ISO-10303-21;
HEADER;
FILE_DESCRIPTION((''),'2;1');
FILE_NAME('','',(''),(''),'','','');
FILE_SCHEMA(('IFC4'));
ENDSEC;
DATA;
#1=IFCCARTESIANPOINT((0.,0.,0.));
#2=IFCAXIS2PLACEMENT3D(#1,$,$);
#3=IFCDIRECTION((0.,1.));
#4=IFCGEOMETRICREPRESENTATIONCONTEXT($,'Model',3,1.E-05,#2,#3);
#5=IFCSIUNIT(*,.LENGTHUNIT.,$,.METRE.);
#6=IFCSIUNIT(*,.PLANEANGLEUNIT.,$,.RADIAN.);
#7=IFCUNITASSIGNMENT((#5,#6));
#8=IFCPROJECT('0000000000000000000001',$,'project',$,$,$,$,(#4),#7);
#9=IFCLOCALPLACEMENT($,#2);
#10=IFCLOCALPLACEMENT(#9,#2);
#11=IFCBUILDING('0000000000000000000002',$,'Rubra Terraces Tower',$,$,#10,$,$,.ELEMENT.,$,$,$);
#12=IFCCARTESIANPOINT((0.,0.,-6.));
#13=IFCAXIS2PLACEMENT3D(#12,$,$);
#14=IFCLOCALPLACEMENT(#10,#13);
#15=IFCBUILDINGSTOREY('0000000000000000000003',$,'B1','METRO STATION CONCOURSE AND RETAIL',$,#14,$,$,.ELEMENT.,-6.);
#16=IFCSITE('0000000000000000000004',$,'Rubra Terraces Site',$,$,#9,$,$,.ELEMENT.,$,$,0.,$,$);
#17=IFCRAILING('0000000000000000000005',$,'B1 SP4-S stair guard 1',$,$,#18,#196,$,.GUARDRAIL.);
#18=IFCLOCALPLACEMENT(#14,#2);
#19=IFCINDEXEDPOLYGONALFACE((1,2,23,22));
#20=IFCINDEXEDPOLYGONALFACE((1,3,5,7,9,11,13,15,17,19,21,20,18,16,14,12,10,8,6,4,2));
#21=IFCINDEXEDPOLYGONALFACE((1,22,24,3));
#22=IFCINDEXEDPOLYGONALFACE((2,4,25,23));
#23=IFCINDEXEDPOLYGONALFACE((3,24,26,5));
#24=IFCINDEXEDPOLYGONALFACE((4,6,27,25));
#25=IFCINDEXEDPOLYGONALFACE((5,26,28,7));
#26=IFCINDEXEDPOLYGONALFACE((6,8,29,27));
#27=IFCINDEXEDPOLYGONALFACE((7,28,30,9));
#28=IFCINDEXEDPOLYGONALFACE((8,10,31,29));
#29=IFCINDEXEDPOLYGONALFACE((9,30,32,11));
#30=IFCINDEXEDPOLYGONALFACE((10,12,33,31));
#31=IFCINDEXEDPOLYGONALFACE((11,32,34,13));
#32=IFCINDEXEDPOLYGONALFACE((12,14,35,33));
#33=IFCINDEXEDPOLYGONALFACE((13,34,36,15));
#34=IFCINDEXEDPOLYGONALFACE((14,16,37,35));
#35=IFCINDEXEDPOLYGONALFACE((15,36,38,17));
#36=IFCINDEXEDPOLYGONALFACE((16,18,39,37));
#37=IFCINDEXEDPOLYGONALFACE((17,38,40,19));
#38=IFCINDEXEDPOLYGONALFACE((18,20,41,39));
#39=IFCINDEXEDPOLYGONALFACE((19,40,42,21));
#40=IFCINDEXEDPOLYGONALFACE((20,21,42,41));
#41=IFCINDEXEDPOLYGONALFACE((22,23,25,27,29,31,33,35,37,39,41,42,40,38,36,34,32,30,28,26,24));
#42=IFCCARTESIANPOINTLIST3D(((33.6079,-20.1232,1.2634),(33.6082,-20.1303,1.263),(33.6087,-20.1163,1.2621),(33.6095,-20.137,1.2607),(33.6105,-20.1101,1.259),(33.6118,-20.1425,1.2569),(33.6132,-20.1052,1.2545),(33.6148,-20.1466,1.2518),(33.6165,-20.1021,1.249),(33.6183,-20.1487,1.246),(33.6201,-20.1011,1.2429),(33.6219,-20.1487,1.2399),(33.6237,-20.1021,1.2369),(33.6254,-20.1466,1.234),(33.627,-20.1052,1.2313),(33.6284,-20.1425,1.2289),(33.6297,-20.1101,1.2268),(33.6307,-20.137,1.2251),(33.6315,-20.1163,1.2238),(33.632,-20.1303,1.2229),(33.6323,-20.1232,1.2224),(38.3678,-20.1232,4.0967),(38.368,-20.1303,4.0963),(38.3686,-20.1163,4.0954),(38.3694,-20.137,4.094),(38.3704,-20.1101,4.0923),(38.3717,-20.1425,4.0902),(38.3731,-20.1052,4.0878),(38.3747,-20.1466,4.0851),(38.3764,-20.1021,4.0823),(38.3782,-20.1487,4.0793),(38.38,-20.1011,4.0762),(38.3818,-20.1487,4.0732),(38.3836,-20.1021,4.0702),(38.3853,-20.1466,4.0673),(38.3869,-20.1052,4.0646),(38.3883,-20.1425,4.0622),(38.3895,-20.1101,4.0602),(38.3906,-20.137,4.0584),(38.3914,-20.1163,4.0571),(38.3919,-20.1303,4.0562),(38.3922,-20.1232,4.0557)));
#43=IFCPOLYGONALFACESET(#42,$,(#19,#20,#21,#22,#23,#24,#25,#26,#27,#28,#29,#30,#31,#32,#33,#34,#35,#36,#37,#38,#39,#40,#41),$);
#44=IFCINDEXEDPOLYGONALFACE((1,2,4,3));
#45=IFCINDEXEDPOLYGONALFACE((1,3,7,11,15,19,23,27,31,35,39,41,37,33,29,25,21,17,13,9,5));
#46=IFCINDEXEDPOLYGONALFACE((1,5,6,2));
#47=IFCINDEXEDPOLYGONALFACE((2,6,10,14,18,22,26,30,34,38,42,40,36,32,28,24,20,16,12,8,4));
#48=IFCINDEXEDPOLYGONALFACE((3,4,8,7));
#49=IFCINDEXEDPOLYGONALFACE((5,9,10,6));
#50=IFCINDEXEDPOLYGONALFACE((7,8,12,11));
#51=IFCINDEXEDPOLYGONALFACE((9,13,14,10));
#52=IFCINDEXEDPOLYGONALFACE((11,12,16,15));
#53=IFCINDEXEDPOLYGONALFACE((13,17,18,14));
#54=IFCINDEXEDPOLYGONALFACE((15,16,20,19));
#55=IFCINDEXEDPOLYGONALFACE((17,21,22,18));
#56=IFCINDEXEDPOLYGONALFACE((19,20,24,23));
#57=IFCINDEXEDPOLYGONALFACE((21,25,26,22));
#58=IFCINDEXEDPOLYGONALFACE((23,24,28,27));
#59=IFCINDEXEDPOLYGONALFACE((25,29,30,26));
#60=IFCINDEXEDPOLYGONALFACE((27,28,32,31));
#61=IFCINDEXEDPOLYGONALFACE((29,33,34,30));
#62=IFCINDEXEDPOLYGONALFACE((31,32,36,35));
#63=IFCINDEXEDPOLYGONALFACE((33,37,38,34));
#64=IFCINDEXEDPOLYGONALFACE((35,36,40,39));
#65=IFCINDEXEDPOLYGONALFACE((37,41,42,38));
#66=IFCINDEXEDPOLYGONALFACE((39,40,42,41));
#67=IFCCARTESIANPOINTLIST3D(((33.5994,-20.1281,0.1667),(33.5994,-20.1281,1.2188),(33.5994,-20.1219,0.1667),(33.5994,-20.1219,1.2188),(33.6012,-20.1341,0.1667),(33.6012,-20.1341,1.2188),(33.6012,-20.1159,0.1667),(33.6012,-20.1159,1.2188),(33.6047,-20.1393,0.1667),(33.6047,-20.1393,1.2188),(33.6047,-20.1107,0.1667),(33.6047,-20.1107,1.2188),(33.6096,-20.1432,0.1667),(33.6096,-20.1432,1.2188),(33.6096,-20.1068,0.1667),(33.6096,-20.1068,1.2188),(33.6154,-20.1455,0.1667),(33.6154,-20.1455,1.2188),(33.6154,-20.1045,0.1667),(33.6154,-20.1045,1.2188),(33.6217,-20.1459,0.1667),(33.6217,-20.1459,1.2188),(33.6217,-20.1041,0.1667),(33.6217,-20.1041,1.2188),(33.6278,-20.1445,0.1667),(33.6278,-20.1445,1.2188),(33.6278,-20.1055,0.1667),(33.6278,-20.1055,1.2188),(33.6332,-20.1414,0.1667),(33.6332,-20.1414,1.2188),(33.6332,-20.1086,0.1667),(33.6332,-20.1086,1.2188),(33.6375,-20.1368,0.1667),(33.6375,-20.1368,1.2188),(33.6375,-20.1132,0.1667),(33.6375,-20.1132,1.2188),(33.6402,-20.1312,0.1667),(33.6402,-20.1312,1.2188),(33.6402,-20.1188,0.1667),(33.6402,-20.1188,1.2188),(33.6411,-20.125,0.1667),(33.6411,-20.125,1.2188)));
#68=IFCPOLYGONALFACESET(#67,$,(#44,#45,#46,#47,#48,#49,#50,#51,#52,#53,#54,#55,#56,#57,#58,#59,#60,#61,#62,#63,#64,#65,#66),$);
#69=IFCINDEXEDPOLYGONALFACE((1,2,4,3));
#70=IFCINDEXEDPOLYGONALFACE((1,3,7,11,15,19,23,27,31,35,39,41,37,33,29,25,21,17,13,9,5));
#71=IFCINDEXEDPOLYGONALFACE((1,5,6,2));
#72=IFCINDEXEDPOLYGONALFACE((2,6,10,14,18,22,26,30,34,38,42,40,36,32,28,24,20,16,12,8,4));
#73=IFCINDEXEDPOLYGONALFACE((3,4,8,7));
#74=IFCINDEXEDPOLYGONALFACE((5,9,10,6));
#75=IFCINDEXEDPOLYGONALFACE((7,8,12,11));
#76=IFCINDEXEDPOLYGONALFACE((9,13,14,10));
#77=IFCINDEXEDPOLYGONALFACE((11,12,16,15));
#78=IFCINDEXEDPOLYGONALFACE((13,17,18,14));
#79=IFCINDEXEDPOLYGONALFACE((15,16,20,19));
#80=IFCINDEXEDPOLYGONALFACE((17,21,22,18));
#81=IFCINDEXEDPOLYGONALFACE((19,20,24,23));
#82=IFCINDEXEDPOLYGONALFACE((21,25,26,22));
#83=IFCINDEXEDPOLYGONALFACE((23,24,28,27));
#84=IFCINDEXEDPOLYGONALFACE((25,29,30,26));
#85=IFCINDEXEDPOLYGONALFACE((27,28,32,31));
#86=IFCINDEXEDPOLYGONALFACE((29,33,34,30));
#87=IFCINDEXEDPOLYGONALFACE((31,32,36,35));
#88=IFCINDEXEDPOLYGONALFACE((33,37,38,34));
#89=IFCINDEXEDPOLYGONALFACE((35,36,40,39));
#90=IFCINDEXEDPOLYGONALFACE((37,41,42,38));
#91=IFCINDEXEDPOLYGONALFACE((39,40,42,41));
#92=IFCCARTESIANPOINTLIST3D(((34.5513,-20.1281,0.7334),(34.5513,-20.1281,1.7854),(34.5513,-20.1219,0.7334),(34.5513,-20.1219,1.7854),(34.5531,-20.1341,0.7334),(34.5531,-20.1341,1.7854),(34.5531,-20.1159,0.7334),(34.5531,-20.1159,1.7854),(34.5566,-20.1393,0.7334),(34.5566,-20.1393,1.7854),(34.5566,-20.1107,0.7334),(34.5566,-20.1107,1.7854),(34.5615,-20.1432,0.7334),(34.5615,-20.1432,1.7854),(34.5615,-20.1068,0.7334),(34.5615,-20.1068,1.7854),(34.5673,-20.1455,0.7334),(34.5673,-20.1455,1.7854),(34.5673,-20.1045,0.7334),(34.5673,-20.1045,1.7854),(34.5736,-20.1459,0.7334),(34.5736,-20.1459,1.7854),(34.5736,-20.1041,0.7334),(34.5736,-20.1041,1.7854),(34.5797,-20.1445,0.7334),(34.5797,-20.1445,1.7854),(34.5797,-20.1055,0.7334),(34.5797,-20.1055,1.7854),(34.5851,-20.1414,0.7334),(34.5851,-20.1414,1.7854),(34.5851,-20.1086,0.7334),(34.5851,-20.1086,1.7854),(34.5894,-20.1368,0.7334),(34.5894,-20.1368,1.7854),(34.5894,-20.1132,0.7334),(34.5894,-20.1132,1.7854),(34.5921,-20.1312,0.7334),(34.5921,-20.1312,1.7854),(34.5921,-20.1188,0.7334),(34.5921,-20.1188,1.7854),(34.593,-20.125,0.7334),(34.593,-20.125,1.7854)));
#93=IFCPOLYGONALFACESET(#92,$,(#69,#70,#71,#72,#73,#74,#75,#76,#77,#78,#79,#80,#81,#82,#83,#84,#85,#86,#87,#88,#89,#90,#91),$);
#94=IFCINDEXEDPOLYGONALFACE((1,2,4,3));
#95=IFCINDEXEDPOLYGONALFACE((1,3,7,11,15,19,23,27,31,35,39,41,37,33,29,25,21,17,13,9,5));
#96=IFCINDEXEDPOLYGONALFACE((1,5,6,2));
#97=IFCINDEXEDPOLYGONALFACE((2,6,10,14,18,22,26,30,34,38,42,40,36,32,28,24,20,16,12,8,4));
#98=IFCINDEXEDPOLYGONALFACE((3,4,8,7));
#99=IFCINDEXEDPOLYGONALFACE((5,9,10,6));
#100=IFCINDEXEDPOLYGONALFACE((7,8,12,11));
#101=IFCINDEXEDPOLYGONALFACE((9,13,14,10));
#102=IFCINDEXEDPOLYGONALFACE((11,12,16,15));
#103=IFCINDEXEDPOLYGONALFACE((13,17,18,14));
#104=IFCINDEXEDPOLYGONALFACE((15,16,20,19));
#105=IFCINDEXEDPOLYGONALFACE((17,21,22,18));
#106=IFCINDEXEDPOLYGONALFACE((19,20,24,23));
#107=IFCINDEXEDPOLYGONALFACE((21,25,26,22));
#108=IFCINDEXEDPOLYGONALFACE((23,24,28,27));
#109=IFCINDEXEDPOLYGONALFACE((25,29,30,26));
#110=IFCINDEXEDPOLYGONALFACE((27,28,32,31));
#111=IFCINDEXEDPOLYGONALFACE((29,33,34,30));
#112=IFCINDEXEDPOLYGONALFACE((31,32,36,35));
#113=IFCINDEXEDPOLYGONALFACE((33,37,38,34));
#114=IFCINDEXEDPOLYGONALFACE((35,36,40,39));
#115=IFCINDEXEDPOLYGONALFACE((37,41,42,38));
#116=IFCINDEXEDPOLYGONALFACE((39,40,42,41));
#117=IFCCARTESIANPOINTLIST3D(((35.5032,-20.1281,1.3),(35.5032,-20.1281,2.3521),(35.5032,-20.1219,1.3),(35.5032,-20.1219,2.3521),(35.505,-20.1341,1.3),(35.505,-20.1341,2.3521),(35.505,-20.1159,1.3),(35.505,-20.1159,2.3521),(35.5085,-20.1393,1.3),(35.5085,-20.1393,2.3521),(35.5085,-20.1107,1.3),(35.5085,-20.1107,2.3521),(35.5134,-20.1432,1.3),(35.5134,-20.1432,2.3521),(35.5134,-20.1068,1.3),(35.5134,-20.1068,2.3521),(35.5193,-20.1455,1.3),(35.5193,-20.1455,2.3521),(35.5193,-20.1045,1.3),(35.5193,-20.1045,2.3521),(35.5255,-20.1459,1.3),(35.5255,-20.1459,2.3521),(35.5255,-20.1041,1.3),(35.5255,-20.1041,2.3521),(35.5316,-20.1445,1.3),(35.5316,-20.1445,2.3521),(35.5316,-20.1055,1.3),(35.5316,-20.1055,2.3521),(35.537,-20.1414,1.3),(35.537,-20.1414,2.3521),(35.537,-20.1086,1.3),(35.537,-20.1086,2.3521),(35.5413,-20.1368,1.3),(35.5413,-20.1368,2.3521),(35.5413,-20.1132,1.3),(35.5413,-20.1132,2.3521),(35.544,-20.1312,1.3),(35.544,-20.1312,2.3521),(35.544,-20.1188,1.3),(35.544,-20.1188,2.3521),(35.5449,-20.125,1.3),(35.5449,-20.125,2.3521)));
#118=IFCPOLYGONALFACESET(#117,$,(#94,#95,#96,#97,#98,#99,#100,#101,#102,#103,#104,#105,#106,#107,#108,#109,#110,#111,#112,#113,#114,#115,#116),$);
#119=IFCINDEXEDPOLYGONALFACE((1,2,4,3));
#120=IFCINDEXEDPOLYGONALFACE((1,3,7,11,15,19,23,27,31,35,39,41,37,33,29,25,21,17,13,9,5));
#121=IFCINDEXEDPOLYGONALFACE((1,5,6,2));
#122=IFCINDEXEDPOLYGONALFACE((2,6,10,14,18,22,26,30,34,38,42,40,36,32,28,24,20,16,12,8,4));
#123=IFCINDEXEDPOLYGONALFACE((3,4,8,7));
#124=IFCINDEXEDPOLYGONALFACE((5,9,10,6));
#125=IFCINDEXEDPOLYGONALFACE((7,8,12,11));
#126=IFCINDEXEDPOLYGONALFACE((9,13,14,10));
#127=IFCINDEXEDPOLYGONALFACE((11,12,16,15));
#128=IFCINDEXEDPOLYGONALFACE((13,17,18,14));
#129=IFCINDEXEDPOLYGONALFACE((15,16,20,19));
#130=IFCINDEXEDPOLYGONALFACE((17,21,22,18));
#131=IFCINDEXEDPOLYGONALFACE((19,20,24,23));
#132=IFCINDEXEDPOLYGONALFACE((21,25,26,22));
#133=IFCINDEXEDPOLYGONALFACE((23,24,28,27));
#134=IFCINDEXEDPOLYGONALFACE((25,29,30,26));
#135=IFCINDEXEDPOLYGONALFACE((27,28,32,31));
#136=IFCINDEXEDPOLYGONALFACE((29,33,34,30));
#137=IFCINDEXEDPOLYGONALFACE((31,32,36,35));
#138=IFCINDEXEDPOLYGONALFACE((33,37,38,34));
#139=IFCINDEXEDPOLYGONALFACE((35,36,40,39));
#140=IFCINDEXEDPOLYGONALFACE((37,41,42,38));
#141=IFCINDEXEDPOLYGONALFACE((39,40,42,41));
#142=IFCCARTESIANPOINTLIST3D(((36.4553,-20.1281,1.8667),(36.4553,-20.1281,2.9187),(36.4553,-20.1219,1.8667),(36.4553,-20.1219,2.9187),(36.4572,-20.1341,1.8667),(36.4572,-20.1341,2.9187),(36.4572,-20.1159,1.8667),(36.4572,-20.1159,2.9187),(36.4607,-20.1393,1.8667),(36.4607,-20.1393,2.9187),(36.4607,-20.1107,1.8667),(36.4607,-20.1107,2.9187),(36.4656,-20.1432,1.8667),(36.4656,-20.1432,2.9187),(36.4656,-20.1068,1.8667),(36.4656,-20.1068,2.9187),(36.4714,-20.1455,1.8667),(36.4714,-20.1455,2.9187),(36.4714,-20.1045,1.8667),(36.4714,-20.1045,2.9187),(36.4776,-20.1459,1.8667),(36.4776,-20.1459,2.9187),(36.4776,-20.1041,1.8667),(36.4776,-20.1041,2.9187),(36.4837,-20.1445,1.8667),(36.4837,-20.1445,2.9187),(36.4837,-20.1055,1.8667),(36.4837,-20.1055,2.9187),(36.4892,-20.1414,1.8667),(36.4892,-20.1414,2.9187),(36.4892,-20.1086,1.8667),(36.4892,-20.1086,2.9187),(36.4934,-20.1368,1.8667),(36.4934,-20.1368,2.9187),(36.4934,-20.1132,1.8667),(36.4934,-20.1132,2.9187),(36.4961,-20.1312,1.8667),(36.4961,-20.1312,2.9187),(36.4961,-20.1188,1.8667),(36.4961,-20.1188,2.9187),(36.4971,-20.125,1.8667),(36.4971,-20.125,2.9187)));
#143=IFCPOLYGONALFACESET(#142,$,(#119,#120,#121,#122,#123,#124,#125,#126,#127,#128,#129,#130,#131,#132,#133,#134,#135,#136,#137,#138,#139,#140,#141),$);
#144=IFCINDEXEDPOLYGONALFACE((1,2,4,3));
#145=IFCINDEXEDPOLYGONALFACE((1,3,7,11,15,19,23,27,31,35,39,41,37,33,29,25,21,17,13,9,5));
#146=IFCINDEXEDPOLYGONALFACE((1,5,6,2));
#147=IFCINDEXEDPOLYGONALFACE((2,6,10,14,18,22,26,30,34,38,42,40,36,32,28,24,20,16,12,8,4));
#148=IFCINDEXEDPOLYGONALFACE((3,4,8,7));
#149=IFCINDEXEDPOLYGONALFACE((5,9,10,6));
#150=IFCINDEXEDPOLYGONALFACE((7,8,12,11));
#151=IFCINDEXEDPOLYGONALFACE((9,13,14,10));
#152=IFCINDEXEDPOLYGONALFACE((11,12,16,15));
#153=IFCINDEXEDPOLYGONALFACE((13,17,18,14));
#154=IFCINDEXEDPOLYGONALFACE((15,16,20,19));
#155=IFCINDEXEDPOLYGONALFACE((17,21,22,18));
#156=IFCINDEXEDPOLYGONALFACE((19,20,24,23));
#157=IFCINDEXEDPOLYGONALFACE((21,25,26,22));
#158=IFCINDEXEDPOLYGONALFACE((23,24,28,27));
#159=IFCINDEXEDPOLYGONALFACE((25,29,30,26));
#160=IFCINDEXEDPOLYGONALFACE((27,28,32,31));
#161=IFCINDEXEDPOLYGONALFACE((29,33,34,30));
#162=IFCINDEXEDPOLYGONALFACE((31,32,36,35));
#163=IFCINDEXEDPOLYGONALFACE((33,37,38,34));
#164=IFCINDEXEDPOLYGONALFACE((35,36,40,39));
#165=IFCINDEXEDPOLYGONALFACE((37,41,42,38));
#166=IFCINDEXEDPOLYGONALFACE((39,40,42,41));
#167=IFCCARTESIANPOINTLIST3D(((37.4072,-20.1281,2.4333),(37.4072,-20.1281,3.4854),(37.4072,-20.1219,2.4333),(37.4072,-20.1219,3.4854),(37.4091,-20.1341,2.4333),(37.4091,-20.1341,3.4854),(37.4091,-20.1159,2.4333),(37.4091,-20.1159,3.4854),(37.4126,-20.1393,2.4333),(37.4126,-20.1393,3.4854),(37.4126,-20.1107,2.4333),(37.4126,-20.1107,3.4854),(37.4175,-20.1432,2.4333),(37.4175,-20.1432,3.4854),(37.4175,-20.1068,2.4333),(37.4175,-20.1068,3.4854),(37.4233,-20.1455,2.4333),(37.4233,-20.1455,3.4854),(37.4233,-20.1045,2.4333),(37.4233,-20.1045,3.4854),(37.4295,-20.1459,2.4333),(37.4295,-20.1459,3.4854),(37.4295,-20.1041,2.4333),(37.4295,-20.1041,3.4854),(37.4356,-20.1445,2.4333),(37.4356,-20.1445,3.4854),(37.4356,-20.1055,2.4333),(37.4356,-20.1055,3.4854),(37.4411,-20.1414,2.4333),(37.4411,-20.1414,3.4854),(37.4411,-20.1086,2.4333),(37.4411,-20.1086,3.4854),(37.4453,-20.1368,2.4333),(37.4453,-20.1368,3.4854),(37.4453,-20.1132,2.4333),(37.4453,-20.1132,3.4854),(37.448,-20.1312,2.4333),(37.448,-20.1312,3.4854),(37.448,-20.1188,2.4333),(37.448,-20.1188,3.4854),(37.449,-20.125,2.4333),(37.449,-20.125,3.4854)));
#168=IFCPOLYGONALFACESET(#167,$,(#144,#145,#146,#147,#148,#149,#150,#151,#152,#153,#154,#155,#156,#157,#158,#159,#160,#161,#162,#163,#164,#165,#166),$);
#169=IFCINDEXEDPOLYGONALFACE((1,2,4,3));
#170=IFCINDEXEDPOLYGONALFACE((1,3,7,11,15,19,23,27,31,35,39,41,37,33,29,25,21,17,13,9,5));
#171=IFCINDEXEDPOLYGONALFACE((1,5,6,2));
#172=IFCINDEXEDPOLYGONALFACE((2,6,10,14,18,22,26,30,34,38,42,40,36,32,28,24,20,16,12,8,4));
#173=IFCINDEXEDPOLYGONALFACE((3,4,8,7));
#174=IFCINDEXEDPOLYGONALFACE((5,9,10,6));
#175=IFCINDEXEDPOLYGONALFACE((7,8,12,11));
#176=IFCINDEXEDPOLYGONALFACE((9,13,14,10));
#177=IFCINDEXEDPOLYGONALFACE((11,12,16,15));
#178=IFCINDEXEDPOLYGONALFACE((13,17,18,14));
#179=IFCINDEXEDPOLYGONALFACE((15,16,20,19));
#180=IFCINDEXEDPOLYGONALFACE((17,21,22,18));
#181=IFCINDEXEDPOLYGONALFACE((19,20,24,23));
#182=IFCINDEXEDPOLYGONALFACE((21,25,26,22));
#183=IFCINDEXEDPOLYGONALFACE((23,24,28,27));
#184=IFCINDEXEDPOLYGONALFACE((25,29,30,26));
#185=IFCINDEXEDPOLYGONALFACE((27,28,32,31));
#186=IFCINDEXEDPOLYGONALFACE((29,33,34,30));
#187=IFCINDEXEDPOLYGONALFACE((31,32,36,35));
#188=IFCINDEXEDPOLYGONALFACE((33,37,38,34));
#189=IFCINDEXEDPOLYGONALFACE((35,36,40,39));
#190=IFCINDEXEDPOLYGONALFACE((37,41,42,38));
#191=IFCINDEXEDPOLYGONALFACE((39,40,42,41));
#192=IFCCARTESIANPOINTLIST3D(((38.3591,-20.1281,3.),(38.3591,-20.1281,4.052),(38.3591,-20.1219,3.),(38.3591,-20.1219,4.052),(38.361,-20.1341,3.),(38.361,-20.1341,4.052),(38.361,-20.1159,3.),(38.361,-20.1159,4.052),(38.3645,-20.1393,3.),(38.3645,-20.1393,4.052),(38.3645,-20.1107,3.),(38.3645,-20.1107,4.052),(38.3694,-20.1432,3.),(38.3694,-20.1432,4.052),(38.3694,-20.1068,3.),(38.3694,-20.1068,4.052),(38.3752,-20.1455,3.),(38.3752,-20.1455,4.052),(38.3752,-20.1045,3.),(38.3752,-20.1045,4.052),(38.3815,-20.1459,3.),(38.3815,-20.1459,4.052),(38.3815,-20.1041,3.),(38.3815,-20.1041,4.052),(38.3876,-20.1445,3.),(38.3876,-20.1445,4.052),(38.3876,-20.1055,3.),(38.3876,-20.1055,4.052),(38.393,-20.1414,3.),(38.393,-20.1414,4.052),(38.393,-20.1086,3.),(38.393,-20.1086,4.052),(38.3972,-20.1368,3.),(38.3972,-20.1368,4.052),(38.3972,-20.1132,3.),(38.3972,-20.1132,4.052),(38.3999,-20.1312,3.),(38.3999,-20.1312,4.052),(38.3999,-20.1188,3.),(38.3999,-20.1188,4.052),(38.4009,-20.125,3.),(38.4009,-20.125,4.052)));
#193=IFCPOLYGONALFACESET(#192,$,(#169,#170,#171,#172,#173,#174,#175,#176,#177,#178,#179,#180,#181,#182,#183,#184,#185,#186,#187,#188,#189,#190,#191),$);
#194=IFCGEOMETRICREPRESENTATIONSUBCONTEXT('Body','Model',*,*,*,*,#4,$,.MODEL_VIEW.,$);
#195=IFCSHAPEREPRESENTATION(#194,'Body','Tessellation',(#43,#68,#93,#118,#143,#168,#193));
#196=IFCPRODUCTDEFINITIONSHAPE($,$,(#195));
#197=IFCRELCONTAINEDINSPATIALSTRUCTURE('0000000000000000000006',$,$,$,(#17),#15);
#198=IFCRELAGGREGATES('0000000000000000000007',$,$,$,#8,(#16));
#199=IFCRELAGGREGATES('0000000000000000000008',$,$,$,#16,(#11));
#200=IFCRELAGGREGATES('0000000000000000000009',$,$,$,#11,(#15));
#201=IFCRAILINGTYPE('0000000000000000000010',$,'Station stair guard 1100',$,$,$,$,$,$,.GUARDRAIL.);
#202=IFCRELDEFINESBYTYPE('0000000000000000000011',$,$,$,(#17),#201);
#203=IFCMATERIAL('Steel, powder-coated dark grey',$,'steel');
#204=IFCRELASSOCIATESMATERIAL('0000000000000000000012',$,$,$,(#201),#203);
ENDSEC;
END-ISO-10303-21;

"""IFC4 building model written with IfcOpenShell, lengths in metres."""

from ifc_helpers import new_model, si_unit, direction, frame, origin, origin_2d, place, context, subcontext, project, spatial, circle, extrude, material, type_object, element, save


model = new_model("IFC4")

# Units and contexts
model_context = context("Model", 3, precision=1e-05, world=origin(), true_north=direction((0.0, 1.0)))
body_context = subcontext(model_context, "Body", "Model", "MODEL_VIEW")
ifc_project = project(units=[si_unit("LENGTHUNIT", "METRE"), si_unit("PLANEANGLEUNIT", "RADIAN")], contexts=[model_context])

# Site, building, storey
site_placement = place(None, origin())
site = spatial("IfcSite", under=ifc_project, at=site_placement, Name="Rubra Terraces Site", CompositionType="ELEMENT", RefElevation=0.0)
building_placement = place(site_placement, origin())
building = spatial("IfcBuilding", under=site, at=building_placement, Name="Rubra Terraces Tower", CompositionType="ELEMENT")
storey_placement = place(building_placement, frame((0.0, 0.0, -6.0)))
storey = spatial("IfcBuildingStorey", under=building, at=storey_placement, Name="B1", Description="METRO STATION CONCOURSE AND RETAIL", CompositionType="ELEMENT", Elevation=-6.0)

# Railing
ifc_material_1 = material(Name="Steel, powder-coated dark grey", Category="steel")
railing_type_1 = type_object("IfcRailingType", Name="Station stair guard 1100", PredefinedType="GUARDRAIL", material=ifc_material_1)
railing_1_placement = place(storey_placement, frame((33.6201, -20.125, 0.1667)))
element("IfcRailing", 1, at=railing_1_placement, inside=storey, type_object=railing_type_1, Name="B1 SP4-S stair guard 1", PredefinedType="GUARDRAIL", context=body_context, shape_type="SweptSolid", body=[
    extrude(circle(Radius=0.0239, at=origin_2d()), frame((0.0, 0.0, 1.0762), z_axis=(0.859288, 0.0, 0.511492), x_axis=(0.0, 1.0, 0.0)), (0.0, 0.0, 1.0), 5.5393),
    extrude(circle(Radius=0.021, at=origin_2d()), origin(), (0.0, 0.0, 1.0), 1.052),
    extrude(circle(Radius=0.021, at=origin_2d()), frame((0.9519, 0.0, 0.5667)), (0.0, 0.0, 1.0), 1.052),
    extrude(circle(Radius=0.021, at=origin_2d()), frame((1.9038, 0.0, 1.1333)), (0.0, 0.0, 1.0), 1.052),
    extrude(circle(Radius=0.021, at=origin_2d()), frame((2.856, 0.0, 1.7)), (0.0, 0.0, 1.0), 1.052),
    extrude(circle(Radius=0.021, at=origin_2d()), frame((3.8079, 0.0, 2.2666)), (0.0, 0.0, 1.0), 1.052),
    extrude(circle(Radius=0.021, at=origin_2d()), frame((4.7598, 0.0, 2.8333)), (0.0, 0.0, 1.0), 1.052),
])

save(model, "model.ifc")
